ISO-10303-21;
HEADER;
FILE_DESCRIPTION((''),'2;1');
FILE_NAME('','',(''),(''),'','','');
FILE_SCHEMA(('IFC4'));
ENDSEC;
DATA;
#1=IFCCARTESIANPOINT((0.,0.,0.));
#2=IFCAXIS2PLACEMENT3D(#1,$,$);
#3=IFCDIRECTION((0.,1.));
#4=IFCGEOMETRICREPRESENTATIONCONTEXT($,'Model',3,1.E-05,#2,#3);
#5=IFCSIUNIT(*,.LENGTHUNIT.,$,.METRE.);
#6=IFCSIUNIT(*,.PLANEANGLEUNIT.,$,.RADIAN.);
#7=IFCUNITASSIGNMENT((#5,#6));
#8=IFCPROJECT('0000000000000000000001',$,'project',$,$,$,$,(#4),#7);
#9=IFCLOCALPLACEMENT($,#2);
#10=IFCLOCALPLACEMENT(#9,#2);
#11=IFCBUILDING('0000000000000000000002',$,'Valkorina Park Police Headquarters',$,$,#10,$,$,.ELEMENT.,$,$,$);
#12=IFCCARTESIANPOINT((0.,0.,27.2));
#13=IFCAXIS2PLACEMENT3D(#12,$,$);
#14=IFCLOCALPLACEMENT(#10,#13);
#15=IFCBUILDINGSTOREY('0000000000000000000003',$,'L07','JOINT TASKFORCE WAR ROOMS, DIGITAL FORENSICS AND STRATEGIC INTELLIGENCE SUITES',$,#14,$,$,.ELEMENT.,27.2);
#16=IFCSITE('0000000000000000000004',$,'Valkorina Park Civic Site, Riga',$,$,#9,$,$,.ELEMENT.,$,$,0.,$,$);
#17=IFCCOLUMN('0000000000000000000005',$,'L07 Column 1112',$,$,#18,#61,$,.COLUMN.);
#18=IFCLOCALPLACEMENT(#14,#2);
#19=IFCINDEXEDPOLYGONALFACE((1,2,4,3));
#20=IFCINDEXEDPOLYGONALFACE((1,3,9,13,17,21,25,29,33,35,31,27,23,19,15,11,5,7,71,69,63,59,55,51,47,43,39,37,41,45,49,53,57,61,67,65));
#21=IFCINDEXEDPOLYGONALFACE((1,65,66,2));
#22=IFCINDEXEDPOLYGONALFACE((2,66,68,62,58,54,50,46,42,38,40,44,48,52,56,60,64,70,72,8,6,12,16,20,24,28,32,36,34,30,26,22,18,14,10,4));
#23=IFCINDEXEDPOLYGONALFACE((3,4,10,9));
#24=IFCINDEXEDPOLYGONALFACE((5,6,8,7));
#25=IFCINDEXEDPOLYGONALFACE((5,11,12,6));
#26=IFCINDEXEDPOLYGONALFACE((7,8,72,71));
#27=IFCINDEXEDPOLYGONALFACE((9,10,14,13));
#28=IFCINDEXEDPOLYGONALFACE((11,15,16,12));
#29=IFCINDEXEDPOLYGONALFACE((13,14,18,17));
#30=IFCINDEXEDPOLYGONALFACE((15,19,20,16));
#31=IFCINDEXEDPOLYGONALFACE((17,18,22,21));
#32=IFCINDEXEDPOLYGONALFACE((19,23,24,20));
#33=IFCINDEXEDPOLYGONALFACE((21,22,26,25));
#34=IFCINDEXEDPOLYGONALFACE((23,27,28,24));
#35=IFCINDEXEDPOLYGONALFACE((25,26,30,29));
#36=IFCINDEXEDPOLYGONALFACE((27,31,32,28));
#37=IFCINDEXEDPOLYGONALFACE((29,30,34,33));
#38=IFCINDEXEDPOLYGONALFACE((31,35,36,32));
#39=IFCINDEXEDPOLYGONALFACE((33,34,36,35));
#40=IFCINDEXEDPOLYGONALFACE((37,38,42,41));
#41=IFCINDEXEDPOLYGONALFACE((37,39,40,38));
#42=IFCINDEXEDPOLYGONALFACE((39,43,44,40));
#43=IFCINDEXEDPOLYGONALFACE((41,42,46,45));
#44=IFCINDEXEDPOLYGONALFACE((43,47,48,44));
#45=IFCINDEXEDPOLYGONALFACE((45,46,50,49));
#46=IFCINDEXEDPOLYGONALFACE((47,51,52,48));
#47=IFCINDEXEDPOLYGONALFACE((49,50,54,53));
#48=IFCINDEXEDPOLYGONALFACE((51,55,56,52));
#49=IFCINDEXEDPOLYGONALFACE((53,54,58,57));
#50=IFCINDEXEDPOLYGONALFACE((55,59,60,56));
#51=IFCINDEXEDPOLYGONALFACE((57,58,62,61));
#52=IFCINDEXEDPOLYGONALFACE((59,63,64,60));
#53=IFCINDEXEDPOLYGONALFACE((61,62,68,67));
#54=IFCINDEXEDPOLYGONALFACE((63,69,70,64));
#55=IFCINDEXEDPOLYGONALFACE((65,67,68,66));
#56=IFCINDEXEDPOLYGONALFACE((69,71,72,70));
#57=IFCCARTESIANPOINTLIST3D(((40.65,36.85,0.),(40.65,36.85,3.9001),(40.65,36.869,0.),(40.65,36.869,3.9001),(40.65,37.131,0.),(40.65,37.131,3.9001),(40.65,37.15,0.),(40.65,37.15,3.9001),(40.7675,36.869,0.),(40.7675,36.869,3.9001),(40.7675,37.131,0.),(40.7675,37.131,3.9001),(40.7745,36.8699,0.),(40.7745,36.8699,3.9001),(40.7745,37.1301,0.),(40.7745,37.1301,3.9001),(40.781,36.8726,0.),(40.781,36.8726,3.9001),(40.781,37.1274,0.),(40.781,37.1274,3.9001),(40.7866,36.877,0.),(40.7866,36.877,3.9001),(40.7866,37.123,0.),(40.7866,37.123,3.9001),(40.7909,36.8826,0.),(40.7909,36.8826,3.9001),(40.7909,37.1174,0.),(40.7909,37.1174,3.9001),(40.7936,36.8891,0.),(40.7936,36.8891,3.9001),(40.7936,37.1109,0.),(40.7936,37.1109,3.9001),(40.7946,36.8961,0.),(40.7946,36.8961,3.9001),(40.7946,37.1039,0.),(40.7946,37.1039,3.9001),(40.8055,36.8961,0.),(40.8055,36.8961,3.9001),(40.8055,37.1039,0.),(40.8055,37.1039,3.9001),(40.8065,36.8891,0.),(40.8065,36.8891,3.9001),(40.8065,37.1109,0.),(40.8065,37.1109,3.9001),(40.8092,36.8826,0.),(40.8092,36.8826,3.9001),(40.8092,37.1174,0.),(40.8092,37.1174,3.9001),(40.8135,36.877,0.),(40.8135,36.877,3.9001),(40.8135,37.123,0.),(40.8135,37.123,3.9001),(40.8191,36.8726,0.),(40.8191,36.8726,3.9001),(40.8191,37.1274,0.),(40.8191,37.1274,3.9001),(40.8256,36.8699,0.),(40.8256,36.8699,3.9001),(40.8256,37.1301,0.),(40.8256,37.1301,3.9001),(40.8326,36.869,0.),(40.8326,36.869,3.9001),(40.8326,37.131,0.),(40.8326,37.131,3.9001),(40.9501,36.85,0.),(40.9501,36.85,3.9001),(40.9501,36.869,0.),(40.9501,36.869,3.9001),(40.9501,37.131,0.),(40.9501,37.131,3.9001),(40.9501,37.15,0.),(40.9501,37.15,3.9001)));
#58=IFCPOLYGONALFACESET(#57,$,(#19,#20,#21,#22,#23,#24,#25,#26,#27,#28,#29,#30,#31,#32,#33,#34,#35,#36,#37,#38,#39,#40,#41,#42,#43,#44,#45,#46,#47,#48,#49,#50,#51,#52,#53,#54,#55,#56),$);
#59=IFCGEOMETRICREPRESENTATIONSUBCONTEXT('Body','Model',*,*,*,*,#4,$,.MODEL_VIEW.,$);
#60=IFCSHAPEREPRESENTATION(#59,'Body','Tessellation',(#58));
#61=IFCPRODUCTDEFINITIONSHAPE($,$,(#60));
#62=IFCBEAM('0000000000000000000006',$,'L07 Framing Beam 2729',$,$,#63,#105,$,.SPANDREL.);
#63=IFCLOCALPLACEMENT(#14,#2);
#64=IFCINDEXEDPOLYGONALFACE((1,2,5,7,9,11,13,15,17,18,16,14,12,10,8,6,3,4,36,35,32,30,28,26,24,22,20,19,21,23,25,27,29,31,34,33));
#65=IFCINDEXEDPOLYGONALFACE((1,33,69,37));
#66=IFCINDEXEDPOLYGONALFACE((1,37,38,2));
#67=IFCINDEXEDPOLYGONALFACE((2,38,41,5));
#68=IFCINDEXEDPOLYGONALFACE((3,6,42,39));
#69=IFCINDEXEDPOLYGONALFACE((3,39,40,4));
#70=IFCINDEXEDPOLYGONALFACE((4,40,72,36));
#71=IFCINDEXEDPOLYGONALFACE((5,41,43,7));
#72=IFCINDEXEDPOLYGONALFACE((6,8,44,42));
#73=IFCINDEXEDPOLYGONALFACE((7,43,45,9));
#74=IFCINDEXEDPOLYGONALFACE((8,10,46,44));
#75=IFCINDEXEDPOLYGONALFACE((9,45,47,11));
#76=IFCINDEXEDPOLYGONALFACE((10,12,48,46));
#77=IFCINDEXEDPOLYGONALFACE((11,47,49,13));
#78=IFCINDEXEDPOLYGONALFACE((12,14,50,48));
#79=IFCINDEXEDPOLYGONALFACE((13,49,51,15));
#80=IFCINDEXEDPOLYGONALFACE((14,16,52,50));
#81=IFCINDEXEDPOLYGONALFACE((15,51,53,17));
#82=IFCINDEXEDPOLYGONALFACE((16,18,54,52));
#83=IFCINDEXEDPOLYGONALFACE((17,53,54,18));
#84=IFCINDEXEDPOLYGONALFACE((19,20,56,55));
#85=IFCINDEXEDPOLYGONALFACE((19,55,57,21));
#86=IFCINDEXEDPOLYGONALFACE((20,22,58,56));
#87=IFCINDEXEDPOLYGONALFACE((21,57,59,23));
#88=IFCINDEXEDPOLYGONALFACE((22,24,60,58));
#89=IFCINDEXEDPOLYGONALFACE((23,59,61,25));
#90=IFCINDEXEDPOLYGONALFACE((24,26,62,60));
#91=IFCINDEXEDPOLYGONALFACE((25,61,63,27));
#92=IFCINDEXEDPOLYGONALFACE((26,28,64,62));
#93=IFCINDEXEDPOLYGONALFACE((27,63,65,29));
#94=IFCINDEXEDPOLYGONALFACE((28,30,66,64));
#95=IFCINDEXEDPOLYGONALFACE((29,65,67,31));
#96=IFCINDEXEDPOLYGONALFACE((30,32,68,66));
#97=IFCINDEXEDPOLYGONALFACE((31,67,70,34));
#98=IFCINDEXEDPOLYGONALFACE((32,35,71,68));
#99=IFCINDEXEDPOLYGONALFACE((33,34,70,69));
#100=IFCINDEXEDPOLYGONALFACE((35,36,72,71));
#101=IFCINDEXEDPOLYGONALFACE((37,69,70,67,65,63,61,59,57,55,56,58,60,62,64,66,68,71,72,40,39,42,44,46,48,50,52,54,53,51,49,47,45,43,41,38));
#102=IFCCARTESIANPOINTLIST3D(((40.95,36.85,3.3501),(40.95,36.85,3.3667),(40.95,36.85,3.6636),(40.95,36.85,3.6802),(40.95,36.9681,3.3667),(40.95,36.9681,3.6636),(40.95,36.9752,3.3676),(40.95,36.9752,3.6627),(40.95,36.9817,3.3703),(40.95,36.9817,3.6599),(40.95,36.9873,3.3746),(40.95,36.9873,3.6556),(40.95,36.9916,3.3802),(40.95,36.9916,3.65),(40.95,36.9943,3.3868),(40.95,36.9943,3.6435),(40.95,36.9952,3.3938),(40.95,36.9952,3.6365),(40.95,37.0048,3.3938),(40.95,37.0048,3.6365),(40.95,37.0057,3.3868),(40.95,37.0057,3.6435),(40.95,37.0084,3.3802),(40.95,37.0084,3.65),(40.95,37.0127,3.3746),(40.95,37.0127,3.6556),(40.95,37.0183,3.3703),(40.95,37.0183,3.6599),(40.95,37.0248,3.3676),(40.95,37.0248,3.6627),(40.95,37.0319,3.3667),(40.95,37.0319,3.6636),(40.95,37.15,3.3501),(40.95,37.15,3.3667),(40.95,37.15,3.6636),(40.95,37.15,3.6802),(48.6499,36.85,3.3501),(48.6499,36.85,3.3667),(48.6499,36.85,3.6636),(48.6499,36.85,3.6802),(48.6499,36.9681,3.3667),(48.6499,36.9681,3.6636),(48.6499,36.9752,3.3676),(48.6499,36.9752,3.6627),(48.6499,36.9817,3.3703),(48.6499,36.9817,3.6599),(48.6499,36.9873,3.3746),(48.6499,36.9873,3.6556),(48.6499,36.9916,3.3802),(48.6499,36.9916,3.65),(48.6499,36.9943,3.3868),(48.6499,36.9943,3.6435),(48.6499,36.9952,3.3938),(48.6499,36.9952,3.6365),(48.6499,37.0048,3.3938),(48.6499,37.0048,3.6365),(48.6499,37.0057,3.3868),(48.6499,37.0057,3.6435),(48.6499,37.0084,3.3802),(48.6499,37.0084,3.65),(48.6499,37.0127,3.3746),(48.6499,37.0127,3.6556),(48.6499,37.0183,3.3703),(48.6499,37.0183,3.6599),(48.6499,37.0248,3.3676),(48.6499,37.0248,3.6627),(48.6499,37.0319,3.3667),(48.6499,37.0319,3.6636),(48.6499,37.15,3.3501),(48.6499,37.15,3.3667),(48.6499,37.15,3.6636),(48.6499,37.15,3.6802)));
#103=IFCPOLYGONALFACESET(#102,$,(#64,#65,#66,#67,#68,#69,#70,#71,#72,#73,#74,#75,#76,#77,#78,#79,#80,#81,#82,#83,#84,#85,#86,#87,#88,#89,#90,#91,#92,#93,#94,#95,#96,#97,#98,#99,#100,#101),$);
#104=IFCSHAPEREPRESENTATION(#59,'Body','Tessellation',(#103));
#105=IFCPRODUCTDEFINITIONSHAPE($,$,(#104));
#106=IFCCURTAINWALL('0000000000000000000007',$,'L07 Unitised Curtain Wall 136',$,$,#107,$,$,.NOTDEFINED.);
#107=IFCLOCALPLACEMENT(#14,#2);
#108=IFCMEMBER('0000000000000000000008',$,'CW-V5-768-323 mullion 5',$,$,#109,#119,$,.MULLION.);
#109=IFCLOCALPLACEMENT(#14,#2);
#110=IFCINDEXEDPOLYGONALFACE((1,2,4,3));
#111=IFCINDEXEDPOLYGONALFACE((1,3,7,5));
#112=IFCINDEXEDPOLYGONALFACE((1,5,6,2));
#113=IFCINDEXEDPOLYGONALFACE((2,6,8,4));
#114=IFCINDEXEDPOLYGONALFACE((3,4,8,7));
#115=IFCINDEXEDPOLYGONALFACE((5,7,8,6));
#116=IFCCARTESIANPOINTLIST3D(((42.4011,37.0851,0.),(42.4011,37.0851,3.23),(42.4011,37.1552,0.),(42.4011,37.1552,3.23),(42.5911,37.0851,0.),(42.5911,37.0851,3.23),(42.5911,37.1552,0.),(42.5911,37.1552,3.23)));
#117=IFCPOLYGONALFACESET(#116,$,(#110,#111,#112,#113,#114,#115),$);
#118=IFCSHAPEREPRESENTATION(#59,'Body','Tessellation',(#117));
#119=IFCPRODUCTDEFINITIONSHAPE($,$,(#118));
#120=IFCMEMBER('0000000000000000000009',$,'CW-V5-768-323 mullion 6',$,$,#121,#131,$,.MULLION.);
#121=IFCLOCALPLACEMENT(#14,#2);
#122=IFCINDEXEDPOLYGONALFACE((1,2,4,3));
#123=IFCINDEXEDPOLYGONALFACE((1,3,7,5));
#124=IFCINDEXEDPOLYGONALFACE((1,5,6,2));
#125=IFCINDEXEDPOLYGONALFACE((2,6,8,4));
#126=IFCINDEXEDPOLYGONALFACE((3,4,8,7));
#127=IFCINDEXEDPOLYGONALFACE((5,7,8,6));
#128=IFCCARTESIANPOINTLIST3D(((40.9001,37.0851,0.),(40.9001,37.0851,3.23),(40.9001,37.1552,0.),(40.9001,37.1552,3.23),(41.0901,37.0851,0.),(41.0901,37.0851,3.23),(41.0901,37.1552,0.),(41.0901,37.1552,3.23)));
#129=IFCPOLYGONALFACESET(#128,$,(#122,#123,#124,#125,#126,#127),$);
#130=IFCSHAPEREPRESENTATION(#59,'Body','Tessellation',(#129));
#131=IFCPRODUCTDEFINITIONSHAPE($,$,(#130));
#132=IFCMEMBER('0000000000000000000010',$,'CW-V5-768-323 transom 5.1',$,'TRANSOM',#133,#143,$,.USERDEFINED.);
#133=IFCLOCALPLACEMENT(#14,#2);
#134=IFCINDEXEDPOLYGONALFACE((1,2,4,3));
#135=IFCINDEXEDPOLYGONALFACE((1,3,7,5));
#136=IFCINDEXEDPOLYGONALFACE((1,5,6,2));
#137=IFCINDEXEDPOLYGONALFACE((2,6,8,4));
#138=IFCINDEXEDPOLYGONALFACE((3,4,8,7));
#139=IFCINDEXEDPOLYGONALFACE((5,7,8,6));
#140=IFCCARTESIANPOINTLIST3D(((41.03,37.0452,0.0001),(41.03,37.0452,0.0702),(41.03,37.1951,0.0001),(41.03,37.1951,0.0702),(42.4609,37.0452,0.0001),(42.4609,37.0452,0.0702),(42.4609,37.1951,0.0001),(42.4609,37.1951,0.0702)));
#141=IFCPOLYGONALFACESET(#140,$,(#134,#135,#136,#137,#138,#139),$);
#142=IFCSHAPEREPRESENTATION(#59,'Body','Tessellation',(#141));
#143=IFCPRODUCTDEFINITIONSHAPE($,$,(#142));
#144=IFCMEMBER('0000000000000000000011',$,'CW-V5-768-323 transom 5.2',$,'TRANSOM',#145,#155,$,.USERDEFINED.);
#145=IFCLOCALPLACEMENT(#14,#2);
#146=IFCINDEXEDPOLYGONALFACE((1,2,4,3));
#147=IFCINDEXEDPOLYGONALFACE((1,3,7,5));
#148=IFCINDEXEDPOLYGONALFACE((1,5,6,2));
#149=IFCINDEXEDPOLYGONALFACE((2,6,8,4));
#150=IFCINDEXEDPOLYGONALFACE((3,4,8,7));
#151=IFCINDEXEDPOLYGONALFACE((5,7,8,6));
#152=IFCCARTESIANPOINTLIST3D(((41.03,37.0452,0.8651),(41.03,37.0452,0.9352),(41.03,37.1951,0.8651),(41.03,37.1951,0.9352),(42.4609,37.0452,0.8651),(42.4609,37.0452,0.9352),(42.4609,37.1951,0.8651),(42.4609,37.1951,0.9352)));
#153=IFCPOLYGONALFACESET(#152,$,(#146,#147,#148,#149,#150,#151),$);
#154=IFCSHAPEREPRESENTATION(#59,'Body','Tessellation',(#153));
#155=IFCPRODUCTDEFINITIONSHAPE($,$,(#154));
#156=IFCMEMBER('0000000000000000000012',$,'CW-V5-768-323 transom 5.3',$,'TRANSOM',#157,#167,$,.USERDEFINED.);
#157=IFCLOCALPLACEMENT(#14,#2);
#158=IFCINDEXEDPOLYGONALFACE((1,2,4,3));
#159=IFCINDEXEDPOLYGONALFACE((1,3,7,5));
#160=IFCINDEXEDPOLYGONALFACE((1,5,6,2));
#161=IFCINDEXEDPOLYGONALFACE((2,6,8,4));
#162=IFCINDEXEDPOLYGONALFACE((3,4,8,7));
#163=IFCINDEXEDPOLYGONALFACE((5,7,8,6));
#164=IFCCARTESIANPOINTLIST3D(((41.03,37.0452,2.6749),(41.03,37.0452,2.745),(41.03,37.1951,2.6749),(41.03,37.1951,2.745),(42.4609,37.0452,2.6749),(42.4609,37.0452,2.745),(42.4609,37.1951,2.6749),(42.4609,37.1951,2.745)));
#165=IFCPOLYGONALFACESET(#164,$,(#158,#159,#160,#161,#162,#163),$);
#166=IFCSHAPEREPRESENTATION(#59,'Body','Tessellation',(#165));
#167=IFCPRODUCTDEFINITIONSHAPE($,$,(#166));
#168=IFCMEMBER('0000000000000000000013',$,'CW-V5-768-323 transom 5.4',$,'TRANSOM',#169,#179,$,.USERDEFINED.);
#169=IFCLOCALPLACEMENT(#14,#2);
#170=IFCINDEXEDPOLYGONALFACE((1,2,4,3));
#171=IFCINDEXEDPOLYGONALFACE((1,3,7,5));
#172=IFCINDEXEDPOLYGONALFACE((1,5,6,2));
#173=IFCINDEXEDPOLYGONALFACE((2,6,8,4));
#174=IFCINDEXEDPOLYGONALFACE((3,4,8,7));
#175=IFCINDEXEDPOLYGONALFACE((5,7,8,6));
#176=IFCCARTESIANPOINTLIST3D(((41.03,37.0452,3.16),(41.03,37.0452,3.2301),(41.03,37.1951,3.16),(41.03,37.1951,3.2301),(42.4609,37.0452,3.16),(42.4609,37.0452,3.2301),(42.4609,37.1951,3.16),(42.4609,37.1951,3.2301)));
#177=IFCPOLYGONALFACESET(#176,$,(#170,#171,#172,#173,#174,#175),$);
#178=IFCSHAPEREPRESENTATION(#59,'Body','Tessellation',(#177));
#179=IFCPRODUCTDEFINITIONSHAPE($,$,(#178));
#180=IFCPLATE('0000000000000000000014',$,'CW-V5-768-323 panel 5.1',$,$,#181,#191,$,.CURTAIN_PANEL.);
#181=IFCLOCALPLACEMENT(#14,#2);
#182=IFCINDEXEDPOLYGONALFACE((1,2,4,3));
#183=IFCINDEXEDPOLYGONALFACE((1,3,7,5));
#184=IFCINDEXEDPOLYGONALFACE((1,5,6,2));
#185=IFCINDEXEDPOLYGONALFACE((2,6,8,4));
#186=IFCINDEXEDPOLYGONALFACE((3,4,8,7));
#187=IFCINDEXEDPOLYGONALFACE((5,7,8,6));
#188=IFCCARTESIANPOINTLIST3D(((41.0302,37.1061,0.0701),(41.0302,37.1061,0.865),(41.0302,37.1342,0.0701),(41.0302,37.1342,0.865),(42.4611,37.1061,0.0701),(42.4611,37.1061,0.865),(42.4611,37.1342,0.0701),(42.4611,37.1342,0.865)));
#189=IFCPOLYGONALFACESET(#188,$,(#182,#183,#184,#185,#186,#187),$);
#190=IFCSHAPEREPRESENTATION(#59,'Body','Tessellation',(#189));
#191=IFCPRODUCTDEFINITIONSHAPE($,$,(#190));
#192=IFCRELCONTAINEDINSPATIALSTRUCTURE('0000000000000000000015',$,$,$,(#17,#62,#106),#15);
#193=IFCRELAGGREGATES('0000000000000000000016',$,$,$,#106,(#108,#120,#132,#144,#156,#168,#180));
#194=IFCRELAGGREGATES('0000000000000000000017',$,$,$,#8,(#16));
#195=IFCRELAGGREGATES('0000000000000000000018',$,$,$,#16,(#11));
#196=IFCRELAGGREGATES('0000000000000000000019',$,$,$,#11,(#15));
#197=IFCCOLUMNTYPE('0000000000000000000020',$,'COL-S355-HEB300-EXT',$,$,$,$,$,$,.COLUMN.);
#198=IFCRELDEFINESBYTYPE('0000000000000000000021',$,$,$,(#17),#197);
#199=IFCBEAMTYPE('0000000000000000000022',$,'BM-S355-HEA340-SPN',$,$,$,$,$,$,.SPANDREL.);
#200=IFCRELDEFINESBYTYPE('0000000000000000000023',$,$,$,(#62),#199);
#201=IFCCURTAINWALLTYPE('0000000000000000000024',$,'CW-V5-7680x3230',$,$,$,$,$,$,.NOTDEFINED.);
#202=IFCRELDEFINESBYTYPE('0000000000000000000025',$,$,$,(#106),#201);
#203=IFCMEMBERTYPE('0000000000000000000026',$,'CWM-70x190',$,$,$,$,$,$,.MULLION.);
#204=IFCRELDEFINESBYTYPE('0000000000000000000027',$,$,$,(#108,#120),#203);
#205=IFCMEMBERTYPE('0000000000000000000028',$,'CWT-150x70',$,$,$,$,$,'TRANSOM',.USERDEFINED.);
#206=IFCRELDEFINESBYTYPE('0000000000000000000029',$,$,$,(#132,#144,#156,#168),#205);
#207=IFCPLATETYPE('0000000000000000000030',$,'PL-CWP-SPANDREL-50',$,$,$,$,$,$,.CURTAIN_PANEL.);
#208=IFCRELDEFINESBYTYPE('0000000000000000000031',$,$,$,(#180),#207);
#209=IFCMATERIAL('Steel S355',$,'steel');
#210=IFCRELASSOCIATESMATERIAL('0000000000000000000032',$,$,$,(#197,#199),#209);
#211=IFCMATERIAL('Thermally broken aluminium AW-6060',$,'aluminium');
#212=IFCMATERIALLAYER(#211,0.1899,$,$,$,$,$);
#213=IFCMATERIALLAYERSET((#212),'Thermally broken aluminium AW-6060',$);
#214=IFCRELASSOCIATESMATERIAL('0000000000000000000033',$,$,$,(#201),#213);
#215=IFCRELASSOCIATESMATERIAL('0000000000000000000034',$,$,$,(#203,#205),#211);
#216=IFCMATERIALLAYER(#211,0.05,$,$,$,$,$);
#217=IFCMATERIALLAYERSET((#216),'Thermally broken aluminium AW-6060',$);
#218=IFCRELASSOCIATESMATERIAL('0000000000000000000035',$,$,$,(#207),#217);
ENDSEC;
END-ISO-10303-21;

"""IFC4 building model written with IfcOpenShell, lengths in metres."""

from ifc_helpers import new_model, si_unit, direction, frame, origin, origin_2d, place, context, subcontext, project, spatial, rectangle, i_section, extrude, material, layer, layer_set, material_profile, profile_set, type_object, element, aggregate, save


model = new_model("IFC4")

# Units and contexts
model_context = context("Model", 3, precision=1e-05, world=origin(), true_north=direction((0.0, 1.0)))
body_context = subcontext(model_context, "Body", "Model", "MODEL_VIEW")
ifc_project = project(units=[si_unit("LENGTHUNIT", "METRE"), si_unit("PLANEANGLEUNIT", "RADIAN")], contexts=[model_context])

# Site, building, storey
site_placement = place(None, origin())
site = spatial("IfcSite", under=ifc_project, at=site_placement, Name="Valkorina Park Civic Site, Riga", CompositionType="ELEMENT", RefElevation=0.0)
building_placement = place(site_placement, origin())
building = spatial("IfcBuilding", under=site, at=building_placement, Name="Valkorina Park Police Headquarters", CompositionType="ELEMENT")
storey_placement = place(building_placement, frame((0.0, 0.0, 27.2)))
storey = spatial("IfcBuildingStorey", under=building, at=storey_placement, Name="L07", Description="JOINT TASKFORCE WAR ROOMS, DIGITAL FORENSICS AND STRATEGIC INTELLIGENCE SUITES", CompositionType="ELEMENT", Elevation=27.2)

# Column
ifc_material_1 = material(Name="Steel S355", Category="steel")
ifc_material_profile_1 = material_profile(ifc_material_1, i_section(OverallWidth=0.3, OverallDepth=0.3, WebThickness=0.011, FlangeThickness=0.019, FilletRadius=0.0271, at=origin_2d()), Name="HEB 300")
ifc_profile_set_1 = profile_set([ifc_material_profile_1], Name="Steel S355")
column_type = type_object("IfcColumnType", Name="COL-S355-HEB300-EXT", PredefinedType="COLUMN", material=ifc_profile_set_1)
column_placement = place(storey_placement, frame((40.8, 37.0, 0.0), z_axis=(0.0, 0.0, 1.0), x_axis=(1.0, 0.0, 0.0)))
element("IfcColumn", 1, at=column_placement, inside=storey, type_object=column_type, Name="L07 Column 1112", PredefinedType="COLUMN", context=body_context, shape_type="SweptSolid", body=[
    extrude(i_section(OverallWidth=0.3, OverallDepth=0.3, WebThickness=0.011, FlangeThickness=0.019, FilletRadius=0.0271, at=origin_2d()), origin(), (0.0, 0.0, 1.0), 3.9001),
])

# Beam
ifc_material_profile_2 = material_profile(ifc_material_1, i_section(OverallWidth=0.3, OverallDepth=0.3301, WebThickness=0.0095, FlangeThickness=0.0166, FilletRadius=0.0271, at=origin_2d()), Name="HEA 340")
ifc_profile_set_2 = profile_set([ifc_material_profile_2], Name="Steel S355")
beam_type = type_object("IfcBeamType", Name="BM-S355-HEA340-SPN", PredefinedType="SPANDREL", material=ifc_profile_set_2)
beam_placement = place(storey_placement, frame((40.95, 37.0, 3.5151), z_axis=(1.0, 0.0, 0.0), x_axis=(0.0, 1.0, 0.0)))
element("IfcBeam", 2, at=beam_placement, inside=storey, type_object=beam_type, Name="L07 Framing Beam 2729", PredefinedType="SPANDREL", context=body_context, shape_type="SweptSolid", body=[
    extrude(i_section(OverallWidth=0.3, OverallDepth=0.3301, WebThickness=0.0095, FlangeThickness=0.0166, FilletRadius=0.0271, at=origin_2d()), origin(), (0.0, 0.0, 1.0), 7.7),
])

# Curtain wall, members, plate
ifc_material_2 = material(Name="Thermally broken aluminium AW-6060", Category="aluminium")
ifc_layer_1 = layer(ifc_material_2, 0.1899)
ifc_layer_set_1 = layer_set([ifc_layer_1], Name="Thermally broken aluminium AW-6060")
curtain_wall_type = type_object("IfcCurtainWallType", Name="CW-V5-7680x3230", PredefinedType="NOTDEFINED", material=ifc_layer_set_1)
curtain_wall_placement = place(storey_placement, origin())
curtain_wall = element("IfcCurtainWall", 3, at=curtain_wall_placement, inside=storey, type_object=curtain_wall_type, Name="L07 Unitised Curtain Wall 136", PredefinedType="NOTDEFINED")
ifc_material_profile_3 = material_profile(ifc_material_2, rectangle(XDim=0.0701, YDim=0.1899, at=origin_2d()), Name="CWM-02 70x190")
ifc_profile_set_3 = profile_set([ifc_material_profile_3], Name="Thermally broken aluminium AW-6060")
member_type_1 = type_object("IfcMemberType", Name="CWM-70x190", PredefinedType="MULLION", material=ifc_profile_set_3)
member_1_placement = place(storey_placement, frame((42.4961, 37.1201, 0.0), z_axis=(0.0, 0.0, 1.0), x_axis=(0.0, -1.0, 0.0)))
member_1 = element("IfcMember", 4, at=member_1_placement, type_object=member_type_1, Name="CW-V5-768-323 mullion 5", PredefinedType="MULLION", context=body_context, shape_type="SweptSolid", body=[
    extrude(rectangle(XDim=0.0701, YDim=0.1899, at=origin_2d()), origin(), (0.0, 0.0, 1.0), 3.23),
])
member_2_placement = place(storey_placement, frame((40.9951, 37.1201, 0.0), z_axis=(0.0, 0.0, 1.0), x_axis=(0.0, -1.0, 0.0)))
member_2 = element("IfcMember", 5, at=member_2_placement, type_object=member_type_1, Name="CW-V5-768-323 mullion 6", PredefinedType="MULLION", context=body_context, shape_type="SweptSolid", body=[
    extrude(rectangle(XDim=0.0701, YDim=0.1899, at=origin_2d()), origin(), (0.0, 0.0, 1.0), 3.23),
])
ifc_material_profile_4 = material_profile(ifc_material_2, rectangle(XDim=0.1499, YDim=0.0701, at=origin_2d()), Name="CWT-02 150x70")
ifc_profile_set_4 = profile_set([ifc_material_profile_4], Name="Thermally broken aluminium AW-6060")
member_type_2 = type_object("IfcMemberType", Name="CWT-150x70", ElementType="TRANSOM", PredefinedType="USERDEFINED", material=ifc_profile_set_4)
member_3_placement = place(storey_placement, frame((42.4609, 37.1201, 0.0352), z_axis=(-1.0, 0.0, 0.0), x_axis=(0.0, -1.0, 0.0)))
member_3 = element("IfcMember", 6, at=member_3_placement, type_object=member_type_2, Name="CW-V5-768-323 transom 5.1", ObjectType="TRANSOM", PredefinedType="USERDEFINED", context=body_context, shape_type="SweptSolid", body=[
    extrude(rectangle(XDim=0.1499, YDim=0.0701, at=origin_2d()), origin(), (0.0, 0.0, 1.0), 1.4309),
])
member_4_placement = place(storey_placement, frame((42.4609, 37.1201, 0.9001), z_axis=(-1.0, 0.0, 0.0), x_axis=(0.0, -1.0, 0.0)))
member_4 = element("IfcMember", 7, at=member_4_placement, type_object=member_type_2, Name="CW-V5-768-323 transom 5.2", ObjectType="TRANSOM", PredefinedType="USERDEFINED", context=body_context, shape_type="SweptSolid", body=[
    extrude(rectangle(XDim=0.1499, YDim=0.0701, at=origin_2d()), origin(), (0.0, 0.0, 1.0), 1.4309),
])
member_5_placement = place(storey_placement, frame((42.4609, 37.1201, 2.71), z_axis=(-1.0, 0.0, 0.0), x_axis=(0.0, -1.0, 0.0)))
member_5 = element("IfcMember", 8, at=member_5_placement, type_object=member_type_2, Name="CW-V5-768-323 transom 5.3", ObjectType="TRANSOM", PredefinedType="USERDEFINED", context=body_context, shape_type="SweptSolid", body=[
    extrude(rectangle(XDim=0.1499, YDim=0.0701, at=origin_2d()), origin(), (0.0, 0.0, 1.0), 1.4309),
])
member_6_placement = place(storey_placement, frame((42.4609, 37.1201, 3.1951), z_axis=(-1.0, 0.0, 0.0), x_axis=(0.0, -1.0, 0.0)))
member_6 = element("IfcMember", 9, at=member_6_placement, type_object=member_type_2, Name="CW-V5-768-323 transom 5.4", ObjectType="TRANSOM", PredefinedType="USERDEFINED", context=body_context, shape_type="SweptSolid", body=[
    extrude(rectangle(XDim=0.1499, YDim=0.0701, at=origin_2d()), origin(), (0.0, 0.0, 1.0), 1.4309),
])
ifc_layer_2 = layer(ifc_material_2, 0.05)
ifc_layer_set_2 = layer_set([ifc_layer_2], Name="Thermally broken aluminium AW-6060")
plate_type_1 = type_object("IfcPlateType", Name="PL-CWP-SPANDREL-50", PredefinedType="CURTAIN_PANEL", material=ifc_layer_set_2)
plate_1_placement = place(storey_placement, frame((41.7456, 37.1201, 0.0701), z_axis=(0.0, 0.0, 1.0), x_axis=(-1.0, 0.0, 0.0)))
plate_1 = element("IfcPlate", 10, at=plate_1_placement, type_object=plate_type_1, Name="CW-V5-768-323 panel 5.1", PredefinedType="CURTAIN_PANEL", context=body_context, shape_type="SweptSolid", body=[
    extrude(rectangle(XDim=1.4309, YDim=0.0281, at=origin_2d()), origin(), (0.0, 0.0, 1.0), 0.7949),
])
aggregate(curtain_wall, [member_1, member_2, member_3, member_4, member_5, member_6, plate_1])

save(model, "model.ifc")
